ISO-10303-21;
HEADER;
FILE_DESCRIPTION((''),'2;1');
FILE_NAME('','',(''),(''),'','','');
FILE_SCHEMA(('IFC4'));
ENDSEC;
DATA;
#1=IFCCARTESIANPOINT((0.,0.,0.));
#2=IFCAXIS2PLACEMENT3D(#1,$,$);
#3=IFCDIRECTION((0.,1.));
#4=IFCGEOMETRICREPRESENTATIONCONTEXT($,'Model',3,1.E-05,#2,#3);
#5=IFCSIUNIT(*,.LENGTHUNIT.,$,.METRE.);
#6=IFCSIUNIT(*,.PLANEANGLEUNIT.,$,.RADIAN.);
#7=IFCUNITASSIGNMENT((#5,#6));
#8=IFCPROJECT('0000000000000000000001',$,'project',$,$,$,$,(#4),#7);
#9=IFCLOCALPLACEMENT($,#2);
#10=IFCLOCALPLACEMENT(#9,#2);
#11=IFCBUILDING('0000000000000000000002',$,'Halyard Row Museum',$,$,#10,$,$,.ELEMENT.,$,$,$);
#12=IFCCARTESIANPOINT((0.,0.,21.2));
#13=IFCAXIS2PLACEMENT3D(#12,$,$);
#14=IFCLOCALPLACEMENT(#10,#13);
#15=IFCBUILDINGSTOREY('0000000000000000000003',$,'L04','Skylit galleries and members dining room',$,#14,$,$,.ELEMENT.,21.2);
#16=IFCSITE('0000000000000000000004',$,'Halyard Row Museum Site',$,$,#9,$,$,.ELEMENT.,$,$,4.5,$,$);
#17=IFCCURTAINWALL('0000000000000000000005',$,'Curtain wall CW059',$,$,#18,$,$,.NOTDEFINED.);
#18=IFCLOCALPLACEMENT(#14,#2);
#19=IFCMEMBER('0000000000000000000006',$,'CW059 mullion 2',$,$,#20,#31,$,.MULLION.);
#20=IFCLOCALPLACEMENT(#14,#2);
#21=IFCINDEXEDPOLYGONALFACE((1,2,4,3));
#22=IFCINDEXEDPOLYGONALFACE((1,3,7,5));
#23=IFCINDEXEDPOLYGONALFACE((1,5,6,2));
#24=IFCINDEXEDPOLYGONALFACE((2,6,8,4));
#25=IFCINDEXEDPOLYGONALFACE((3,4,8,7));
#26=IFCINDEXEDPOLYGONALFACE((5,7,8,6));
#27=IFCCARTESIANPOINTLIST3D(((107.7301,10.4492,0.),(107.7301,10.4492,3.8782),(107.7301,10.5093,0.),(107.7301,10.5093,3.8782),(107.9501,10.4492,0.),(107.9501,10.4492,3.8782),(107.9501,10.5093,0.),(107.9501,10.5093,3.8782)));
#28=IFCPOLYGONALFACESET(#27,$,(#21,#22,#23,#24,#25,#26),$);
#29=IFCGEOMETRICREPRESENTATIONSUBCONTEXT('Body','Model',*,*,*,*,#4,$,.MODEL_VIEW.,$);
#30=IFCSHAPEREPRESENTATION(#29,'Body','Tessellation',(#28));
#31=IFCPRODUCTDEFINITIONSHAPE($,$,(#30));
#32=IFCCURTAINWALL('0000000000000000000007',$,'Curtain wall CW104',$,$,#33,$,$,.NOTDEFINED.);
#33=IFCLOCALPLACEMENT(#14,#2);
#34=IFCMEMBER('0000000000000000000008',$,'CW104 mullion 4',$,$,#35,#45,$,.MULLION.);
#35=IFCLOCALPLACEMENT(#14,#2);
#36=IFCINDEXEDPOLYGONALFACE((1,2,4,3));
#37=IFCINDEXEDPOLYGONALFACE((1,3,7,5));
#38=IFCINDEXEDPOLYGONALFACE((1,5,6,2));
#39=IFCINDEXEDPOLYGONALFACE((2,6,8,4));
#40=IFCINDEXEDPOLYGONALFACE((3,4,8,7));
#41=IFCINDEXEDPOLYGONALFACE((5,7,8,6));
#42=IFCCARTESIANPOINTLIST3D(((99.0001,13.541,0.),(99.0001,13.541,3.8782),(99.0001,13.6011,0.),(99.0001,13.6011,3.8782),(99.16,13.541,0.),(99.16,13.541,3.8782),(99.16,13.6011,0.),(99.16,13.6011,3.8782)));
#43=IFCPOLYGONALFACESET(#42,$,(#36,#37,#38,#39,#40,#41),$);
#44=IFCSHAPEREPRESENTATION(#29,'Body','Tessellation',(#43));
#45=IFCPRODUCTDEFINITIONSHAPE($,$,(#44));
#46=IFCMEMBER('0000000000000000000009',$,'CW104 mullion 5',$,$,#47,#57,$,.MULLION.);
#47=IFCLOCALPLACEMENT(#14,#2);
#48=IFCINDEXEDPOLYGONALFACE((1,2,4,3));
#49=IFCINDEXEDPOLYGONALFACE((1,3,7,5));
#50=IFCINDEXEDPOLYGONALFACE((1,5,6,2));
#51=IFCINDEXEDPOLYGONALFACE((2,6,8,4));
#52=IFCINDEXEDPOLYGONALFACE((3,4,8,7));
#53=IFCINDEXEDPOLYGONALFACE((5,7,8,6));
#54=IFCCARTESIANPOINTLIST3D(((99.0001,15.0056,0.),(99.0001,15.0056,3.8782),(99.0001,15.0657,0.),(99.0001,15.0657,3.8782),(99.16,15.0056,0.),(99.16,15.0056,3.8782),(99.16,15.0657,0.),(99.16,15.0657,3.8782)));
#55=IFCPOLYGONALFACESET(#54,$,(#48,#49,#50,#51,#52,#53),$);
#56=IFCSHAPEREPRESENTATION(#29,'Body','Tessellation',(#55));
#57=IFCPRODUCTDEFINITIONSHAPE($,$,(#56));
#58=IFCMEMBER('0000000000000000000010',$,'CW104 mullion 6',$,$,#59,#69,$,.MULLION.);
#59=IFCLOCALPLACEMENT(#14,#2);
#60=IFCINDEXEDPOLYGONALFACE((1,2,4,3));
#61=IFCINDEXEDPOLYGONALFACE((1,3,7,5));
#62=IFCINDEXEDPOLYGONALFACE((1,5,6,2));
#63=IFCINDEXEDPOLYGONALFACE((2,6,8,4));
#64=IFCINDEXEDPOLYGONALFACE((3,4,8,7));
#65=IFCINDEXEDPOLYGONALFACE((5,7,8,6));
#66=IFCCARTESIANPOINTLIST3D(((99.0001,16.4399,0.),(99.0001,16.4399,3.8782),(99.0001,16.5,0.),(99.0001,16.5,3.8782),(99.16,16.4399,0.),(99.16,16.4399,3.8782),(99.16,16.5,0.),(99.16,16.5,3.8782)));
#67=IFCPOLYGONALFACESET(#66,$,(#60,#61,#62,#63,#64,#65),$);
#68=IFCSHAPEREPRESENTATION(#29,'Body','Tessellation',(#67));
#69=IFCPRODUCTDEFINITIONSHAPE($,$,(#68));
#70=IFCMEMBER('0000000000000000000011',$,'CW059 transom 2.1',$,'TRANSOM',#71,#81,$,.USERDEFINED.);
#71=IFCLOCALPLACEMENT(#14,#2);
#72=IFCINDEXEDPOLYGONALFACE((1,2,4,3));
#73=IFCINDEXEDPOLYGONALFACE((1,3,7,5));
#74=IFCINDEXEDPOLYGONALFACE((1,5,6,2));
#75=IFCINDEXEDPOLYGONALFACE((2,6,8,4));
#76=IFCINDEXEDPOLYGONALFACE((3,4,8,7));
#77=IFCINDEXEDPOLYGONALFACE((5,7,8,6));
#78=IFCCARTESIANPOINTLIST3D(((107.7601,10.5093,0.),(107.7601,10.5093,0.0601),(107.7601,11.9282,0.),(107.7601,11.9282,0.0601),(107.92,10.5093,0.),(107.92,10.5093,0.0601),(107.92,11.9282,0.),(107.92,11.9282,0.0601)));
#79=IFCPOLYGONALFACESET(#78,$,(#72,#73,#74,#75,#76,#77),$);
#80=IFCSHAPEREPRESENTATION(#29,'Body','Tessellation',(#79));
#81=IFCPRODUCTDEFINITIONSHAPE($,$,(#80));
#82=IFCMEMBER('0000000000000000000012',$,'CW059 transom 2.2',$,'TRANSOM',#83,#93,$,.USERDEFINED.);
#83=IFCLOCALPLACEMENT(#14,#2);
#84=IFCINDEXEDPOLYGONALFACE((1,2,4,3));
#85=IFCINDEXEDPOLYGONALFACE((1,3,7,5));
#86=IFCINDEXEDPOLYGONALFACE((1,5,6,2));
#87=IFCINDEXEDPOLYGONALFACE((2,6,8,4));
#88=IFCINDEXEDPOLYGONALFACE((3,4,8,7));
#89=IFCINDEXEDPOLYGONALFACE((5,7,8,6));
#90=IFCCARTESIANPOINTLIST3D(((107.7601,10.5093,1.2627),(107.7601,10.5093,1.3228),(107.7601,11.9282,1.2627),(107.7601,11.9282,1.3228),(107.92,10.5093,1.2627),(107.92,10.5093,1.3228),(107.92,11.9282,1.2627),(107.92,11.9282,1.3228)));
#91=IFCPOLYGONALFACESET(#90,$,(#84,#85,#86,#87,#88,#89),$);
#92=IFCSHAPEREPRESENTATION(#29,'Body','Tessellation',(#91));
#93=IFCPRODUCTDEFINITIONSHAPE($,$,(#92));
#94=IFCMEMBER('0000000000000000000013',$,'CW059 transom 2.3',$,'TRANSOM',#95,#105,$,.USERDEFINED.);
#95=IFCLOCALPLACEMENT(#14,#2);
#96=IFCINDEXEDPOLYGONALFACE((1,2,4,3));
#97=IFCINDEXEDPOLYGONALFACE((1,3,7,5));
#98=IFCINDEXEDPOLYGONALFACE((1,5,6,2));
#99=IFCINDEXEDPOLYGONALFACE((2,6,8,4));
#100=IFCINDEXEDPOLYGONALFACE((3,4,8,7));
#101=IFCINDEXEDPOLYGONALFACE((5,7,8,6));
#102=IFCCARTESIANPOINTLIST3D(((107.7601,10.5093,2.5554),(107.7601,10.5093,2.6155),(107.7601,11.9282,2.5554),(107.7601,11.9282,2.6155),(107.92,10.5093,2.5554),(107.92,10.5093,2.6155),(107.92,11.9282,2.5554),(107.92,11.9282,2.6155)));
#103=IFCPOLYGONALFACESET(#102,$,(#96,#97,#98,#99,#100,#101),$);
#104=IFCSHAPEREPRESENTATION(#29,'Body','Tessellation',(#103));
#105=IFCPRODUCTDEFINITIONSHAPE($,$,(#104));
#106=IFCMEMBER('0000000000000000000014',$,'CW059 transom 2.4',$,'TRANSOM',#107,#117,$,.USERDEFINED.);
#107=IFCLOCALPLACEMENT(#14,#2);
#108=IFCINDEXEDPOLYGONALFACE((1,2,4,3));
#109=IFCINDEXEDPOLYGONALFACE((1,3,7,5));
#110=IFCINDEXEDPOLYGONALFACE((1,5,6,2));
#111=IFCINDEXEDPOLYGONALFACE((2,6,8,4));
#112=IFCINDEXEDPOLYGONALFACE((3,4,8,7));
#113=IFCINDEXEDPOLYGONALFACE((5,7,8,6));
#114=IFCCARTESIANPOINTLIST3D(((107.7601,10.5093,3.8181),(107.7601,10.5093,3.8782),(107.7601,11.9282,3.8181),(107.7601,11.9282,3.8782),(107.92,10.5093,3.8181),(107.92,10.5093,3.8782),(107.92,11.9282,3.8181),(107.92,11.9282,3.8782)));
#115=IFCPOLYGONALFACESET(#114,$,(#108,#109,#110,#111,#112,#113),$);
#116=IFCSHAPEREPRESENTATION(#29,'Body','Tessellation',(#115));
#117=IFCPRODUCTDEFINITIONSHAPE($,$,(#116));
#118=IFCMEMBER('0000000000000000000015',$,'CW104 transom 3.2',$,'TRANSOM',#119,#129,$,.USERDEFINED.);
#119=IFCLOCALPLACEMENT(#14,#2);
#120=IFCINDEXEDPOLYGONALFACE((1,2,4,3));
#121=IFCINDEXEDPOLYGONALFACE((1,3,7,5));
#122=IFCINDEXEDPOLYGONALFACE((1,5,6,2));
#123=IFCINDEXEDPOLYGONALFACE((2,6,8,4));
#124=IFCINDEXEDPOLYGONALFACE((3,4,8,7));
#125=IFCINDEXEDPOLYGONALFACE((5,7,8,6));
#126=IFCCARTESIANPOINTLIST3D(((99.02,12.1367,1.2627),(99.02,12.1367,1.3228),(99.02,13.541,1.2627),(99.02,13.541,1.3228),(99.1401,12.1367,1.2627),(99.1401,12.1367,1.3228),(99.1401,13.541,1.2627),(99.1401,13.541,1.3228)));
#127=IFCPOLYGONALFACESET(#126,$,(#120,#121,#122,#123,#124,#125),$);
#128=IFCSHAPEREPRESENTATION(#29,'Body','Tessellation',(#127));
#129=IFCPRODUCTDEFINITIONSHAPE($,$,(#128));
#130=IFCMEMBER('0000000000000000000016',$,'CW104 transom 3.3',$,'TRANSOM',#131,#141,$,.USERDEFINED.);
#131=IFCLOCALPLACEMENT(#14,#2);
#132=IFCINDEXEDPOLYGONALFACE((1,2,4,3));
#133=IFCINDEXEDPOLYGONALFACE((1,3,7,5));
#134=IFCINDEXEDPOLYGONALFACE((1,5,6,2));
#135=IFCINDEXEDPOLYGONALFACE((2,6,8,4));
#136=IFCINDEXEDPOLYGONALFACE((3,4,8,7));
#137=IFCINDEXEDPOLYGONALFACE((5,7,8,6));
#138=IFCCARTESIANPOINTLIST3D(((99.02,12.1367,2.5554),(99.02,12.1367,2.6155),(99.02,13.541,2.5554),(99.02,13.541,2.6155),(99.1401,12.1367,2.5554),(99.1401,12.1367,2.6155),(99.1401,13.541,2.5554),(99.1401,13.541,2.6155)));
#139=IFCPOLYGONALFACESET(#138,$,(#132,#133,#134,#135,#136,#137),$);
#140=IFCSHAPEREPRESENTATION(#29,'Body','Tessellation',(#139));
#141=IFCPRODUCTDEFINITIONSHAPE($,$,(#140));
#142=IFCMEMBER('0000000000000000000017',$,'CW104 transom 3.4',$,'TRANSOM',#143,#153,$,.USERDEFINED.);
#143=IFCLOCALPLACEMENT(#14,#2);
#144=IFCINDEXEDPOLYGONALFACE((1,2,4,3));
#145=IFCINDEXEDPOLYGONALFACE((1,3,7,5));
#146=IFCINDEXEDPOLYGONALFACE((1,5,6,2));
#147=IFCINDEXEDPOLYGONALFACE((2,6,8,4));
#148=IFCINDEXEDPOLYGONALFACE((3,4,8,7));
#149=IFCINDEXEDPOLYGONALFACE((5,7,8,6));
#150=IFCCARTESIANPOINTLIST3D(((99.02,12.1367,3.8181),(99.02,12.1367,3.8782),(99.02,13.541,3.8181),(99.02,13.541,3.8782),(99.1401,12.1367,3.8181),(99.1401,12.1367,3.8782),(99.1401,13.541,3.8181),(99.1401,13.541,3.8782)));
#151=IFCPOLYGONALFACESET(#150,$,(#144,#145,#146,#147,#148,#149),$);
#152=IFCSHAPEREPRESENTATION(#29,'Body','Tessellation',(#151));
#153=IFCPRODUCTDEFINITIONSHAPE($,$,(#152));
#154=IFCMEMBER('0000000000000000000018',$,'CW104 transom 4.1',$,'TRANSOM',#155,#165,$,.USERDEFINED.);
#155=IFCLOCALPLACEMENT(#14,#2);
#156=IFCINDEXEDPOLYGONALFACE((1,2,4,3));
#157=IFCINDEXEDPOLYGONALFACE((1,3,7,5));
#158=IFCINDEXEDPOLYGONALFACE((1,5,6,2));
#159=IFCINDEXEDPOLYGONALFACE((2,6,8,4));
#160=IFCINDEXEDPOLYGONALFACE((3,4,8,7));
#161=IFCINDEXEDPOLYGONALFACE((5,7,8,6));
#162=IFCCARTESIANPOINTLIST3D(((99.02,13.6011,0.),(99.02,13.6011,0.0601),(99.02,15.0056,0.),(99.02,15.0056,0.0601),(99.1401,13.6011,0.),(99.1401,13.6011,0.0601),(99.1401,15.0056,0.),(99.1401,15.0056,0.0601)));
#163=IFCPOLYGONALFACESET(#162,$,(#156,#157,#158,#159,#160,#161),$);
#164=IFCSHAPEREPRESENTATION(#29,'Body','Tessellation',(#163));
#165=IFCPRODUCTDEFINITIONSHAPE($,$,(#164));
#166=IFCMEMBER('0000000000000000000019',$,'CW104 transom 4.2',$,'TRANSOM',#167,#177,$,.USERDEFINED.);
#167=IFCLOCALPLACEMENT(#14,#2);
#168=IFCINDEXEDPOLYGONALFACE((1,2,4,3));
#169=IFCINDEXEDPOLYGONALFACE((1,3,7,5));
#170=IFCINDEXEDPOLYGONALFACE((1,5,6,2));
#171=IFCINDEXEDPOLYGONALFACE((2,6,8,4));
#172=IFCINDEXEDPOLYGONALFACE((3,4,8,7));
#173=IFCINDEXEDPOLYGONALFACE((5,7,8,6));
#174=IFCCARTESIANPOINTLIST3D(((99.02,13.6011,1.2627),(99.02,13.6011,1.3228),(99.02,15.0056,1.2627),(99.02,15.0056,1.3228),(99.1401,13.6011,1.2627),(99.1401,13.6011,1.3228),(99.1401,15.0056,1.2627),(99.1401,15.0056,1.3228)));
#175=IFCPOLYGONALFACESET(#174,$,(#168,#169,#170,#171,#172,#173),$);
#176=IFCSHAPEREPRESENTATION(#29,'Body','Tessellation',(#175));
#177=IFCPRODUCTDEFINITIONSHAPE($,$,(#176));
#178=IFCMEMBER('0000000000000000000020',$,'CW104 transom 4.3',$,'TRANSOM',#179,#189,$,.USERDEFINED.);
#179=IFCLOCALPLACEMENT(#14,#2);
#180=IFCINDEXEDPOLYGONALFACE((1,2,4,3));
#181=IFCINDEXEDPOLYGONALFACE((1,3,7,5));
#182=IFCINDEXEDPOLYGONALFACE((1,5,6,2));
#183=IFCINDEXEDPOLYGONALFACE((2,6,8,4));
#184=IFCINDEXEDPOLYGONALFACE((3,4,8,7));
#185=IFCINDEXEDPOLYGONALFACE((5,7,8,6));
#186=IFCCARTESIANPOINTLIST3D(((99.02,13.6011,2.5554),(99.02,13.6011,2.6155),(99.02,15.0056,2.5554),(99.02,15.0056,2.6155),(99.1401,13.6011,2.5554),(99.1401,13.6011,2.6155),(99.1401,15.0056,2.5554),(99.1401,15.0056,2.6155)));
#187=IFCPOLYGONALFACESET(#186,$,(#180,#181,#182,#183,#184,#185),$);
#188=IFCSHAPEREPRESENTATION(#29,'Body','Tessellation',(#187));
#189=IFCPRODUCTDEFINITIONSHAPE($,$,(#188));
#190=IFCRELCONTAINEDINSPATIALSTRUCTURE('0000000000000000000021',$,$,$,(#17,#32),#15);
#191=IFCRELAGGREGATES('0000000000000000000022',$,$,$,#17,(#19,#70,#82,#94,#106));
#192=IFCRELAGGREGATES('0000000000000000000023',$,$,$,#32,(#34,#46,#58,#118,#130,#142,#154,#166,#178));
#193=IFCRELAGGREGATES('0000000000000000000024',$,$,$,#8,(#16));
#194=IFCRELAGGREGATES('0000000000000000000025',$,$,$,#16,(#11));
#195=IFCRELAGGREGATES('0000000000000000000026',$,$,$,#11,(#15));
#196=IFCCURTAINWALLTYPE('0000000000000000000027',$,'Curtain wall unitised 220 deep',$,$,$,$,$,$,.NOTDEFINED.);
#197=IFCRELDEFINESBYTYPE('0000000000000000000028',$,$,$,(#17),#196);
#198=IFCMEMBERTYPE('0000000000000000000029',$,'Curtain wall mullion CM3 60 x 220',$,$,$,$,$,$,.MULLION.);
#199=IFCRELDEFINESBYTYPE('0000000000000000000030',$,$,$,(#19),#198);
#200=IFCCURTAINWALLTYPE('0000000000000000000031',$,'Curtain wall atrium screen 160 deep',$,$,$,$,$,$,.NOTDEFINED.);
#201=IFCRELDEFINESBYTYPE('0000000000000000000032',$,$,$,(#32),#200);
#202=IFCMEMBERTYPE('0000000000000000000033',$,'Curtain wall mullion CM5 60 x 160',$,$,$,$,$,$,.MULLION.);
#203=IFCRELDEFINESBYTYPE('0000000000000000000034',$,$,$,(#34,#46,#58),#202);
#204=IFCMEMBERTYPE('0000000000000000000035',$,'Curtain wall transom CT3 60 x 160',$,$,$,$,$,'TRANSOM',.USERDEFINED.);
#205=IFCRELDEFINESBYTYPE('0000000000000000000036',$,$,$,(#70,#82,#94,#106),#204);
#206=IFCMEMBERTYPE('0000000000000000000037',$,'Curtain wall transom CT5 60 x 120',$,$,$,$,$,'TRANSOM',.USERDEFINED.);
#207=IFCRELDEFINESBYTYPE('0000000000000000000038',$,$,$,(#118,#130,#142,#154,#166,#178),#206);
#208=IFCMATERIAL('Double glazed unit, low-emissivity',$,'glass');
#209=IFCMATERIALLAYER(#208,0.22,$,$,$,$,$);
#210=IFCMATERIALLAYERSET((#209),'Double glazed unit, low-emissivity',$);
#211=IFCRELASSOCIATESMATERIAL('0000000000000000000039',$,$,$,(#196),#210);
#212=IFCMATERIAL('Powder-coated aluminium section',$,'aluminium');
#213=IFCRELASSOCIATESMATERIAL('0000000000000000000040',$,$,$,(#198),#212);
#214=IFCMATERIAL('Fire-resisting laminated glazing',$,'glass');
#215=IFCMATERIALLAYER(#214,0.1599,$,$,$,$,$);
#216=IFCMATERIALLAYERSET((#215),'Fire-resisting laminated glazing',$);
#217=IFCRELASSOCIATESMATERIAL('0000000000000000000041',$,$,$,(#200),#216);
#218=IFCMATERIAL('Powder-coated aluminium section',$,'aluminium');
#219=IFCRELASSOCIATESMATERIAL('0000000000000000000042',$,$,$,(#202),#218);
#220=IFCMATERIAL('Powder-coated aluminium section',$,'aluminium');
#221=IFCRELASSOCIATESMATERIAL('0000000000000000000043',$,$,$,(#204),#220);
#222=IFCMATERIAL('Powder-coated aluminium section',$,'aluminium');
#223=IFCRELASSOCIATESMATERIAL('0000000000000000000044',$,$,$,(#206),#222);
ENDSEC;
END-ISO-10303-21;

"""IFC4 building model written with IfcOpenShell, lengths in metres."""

from ifc_helpers import new_model, si_unit, direction, frame, origin, origin_2d, place, context, subcontext, project, spatial, rectangle, extrude, material, layer, layer_set, material_profile, profile_set, type_object, element, aggregate, save


model = new_model("IFC4")

# Units and contexts
model_context = context("Model", 3, precision=1e-05, world=origin(), true_north=direction((0.0, 1.0)))
body_context = subcontext(model_context, "Body", "Model", "MODEL_VIEW")
ifc_project = project(units=[si_unit("LENGTHUNIT", "METRE"), si_unit("PLANEANGLEUNIT", "RADIAN")], contexts=[model_context])

# Site, building, storey
site_placement = place(None, origin())
site = spatial("IfcSite", under=ifc_project, at=site_placement, Name="Halyard Row Museum Site", CompositionType="ELEMENT", RefElevation=4.5)
building_placement = place(site_placement, origin())
building = spatial("IfcBuilding", under=site, at=building_placement, Name="Halyard Row Museum", CompositionType="ELEMENT")
storey_placement = place(building_placement, frame((0.0, 0.0, 21.2)))
storey = spatial("IfcBuildingStorey", under=building, at=storey_placement, Name="L04", Description="Skylit galleries and members dining room", CompositionType="ELEMENT", Elevation=21.2)

# Curtain wall, member
ifc_material_1 = material(Name="Double glazed unit, low-emissivity", Category="glass")
ifc_layer_1 = layer(ifc_material_1, 0.22)
ifc_layer_set_1 = layer_set([ifc_layer_1], Name="Double glazed unit, low-emissivity")
curtain_wall_type_1 = type_object("IfcCurtainWallType", Name="Curtain wall unitised 220 deep", PredefinedType="NOTDEFINED", material=ifc_layer_set_1)
curtain_wall_1_placement = place(storey_placement, origin())
curtain_wall_1 = element("IfcCurtainWall", 1, at=curtain_wall_1_placement, inside=storey, type_object=curtain_wall_type_1, Name="Curtain wall CW059", PredefinedType="NOTDEFINED")
ifc_material_2 = material(Name="Powder-coated aluminium section", Category="aluminium")
ifc_material_profile_1 = material_profile(ifc_material_2, rectangle(XDim=0.22, YDim=0.0601, at=origin_2d()), Name="220x60 mullion")
ifc_profile_set_1 = profile_set([ifc_material_profile_1], Name="Powder-coated aluminium section")
member_type_1 = type_object("IfcMemberType", Name="Curtain wall mullion CM3 60 x 220", PredefinedType="MULLION", material=ifc_profile_set_1)
member_1_placement = place(storey_placement, frame((107.8401, 10.4792, 0.0), z_axis=(0.0, 0.0, 1.0), x_axis=(-1.0, 0.0, 0.0)))
member_1 = element("IfcMember", 2, at=member_1_placement, type_object=member_type_1, Name="CW059 mullion 2", PredefinedType="MULLION", context=body_context, shape_type="SweptSolid", body=[
    extrude(rectangle(XDim=0.22, YDim=0.0601, at=origin_2d()), origin(), (0.0, 0.0, 1.0), 3.8782),
])

# Curtain wall, members
ifc_material_3 = material(Name="Fire-resisting laminated glazing", Category="glass")
ifc_layer_2 = layer(ifc_material_3, 0.1599)
ifc_layer_set_2 = layer_set([ifc_layer_2], Name="Fire-resisting laminated glazing")
curtain_wall_type_2 = type_object("IfcCurtainWallType", Name="Curtain wall atrium screen 160 deep", PredefinedType="NOTDEFINED", material=ifc_layer_set_2)
curtain_wall_2_placement = place(storey_placement, origin())
curtain_wall_2 = element("IfcCurtainWall", 3, at=curtain_wall_2_placement, inside=storey, type_object=curtain_wall_type_2, Name="Curtain wall CW104", PredefinedType="NOTDEFINED")
ifc_material_4 = material(Name="Powder-coated aluminium section", Category="aluminium")
ifc_material_profile_2 = material_profile(ifc_material_4, rectangle(XDim=0.1599, YDim=0.0601, at=origin_2d()), Name="160x60 mullion")
ifc_profile_set_2 = profile_set([ifc_material_profile_2], Name="Powder-coated aluminium section")
member_type_2 = type_object("IfcMemberType", Name="Curtain wall mullion CM5 60 x 160", PredefinedType="MULLION", material=ifc_profile_set_2)
member_2_placement = place(storey_placement, frame((99.0801, 13.571, 0.0), z_axis=(0.0, 0.0, 1.0), x_axis=(-1.0, 0.0, 0.0)))
member_2 = element("IfcMember", 4, at=member_2_placement, type_object=member_type_2, Name="CW104 mullion 4", PredefinedType="MULLION", context=body_context, shape_type="SweptSolid", body=[
    extrude(rectangle(XDim=0.1599, YDim=0.0601, at=origin_2d()), origin(), (0.0, 0.0, 1.0), 3.8782),
])
member_3_placement = place(storey_placement, frame((99.0801, 15.0356, 0.0), z_axis=(0.0, 0.0, 1.0), x_axis=(-1.0, 0.0, 0.0)))
member_3 = element("IfcMember", 5, at=member_3_placement, type_object=member_type_2, Name="CW104 mullion 5", PredefinedType="MULLION", context=body_context, shape_type="SweptSolid", body=[
    extrude(rectangle(XDim=0.1599, YDim=0.0601, at=origin_2d()), origin(), (0.0, 0.0, 1.0), 3.8782),
])
member_4_placement = place(storey_placement, frame((99.0801, 16.47, 0.0), z_axis=(0.0, 0.0, 1.0), x_axis=(-1.0, 0.0, 0.0)))
member_4 = element("IfcMember", 6, at=member_4_placement, type_object=member_type_2, Name="CW104 mullion 6", PredefinedType="MULLION", context=body_context, shape_type="SweptSolid", body=[
    extrude(rectangle(XDim=0.1599, YDim=0.0601, at=origin_2d()), origin(), (0.0, 0.0, 1.0), 3.8782),
])

# Members
ifc_material_5 = material(Name="Powder-coated aluminium section", Category="aluminium")
ifc_material_profile_3 = material_profile(ifc_material_5, rectangle(XDim=0.1599, YDim=0.0601, at=origin_2d()), Name="160x60 transom")
ifc_profile_set_3 = profile_set([ifc_material_profile_3], Name="Powder-coated aluminium section")
member_type_3 = type_object("IfcMemberType", Name="Curtain wall transom CT3 60 x 160", ElementType="TRANSOM", PredefinedType="USERDEFINED", material=ifc_profile_set_3)
member_5_placement = place(storey_placement, frame((107.8401, 10.5093, 0.03), z_axis=(0.0, 1.0, 0.0), x_axis=(-1.0, 0.0, 0.0)))
member_5 = element("IfcMember", 7, at=member_5_placement, type_object=member_type_3, Name="CW059 transom 2.1", ObjectType="TRANSOM", PredefinedType="USERDEFINED", context=body_context, shape_type="SweptSolid", body=[
    extrude(rectangle(XDim=0.1599, YDim=0.0601, at=origin_2d()), origin(), (0.0, 0.0, 1.0), 1.4189),
])
member_6_placement = place(storey_placement, frame((107.8401, 10.5093, 1.2927), z_axis=(0.0, 1.0, 0.0), x_axis=(-1.0, 0.0, 0.0)))
member_6 = element("IfcMember", 8, at=member_6_placement, type_object=member_type_3, Name="CW059 transom 2.2", ObjectType="TRANSOM", PredefinedType="USERDEFINED", context=body_context, shape_type="SweptSolid", body=[
    extrude(rectangle(XDim=0.1599, YDim=0.0601, at=origin_2d()), origin(), (0.0, 0.0, 1.0), 1.4189),
])
member_7_placement = place(storey_placement, frame((107.8401, 10.5093, 2.5854), z_axis=(0.0, 1.0, 0.0), x_axis=(-1.0, 0.0, 0.0)))
member_7 = element("IfcMember", 9, at=member_7_placement, type_object=member_type_3, Name="CW059 transom 2.3", ObjectType="TRANSOM", PredefinedType="USERDEFINED", context=body_context, shape_type="SweptSolid", body=[
    extrude(rectangle(XDim=0.1599, YDim=0.0601, at=origin_2d()), origin(), (0.0, 0.0, 1.0), 1.4189),
])
member_8_placement = place(storey_placement, frame((107.8401, 10.5093, 3.8481), z_axis=(0.0, 1.0, 0.0), x_axis=(-1.0, 0.0, 0.0)))
member_8 = element("IfcMember", 10, at=member_8_placement, type_object=member_type_3, Name="CW059 transom 2.4", ObjectType="TRANSOM", PredefinedType="USERDEFINED", context=body_context, shape_type="SweptSolid", body=[
    extrude(rectangle(XDim=0.1599, YDim=0.0601, at=origin_2d()), origin(), (0.0, 0.0, 1.0), 1.4189),
])
ifc_material_6 = material(Name="Powder-coated aluminium section", Category="aluminium")
ifc_material_profile_4 = material_profile(ifc_material_6, rectangle(XDim=0.1201, YDim=0.0601, at=origin_2d()), Name="120x60 transom")
ifc_profile_set_4 = profile_set([ifc_material_profile_4], Name="Powder-coated aluminium section")
member_type_4 = type_object("IfcMemberType", Name="Curtain wall transom CT5 60 x 120", ElementType="TRANSOM", PredefinedType="USERDEFINED", material=ifc_profile_set_4)
member_9_placement = place(storey_placement, frame((99.0801, 12.1367, 1.2927), z_axis=(0.0, 1.0, 0.0), x_axis=(-1.0, 0.0, 0.0)))
member_9 = element("IfcMember", 11, at=member_9_placement, type_object=member_type_4, Name="CW104 transom 3.2", ObjectType="TRANSOM", PredefinedType="USERDEFINED", context=body_context, shape_type="SweptSolid", body=[
    extrude(rectangle(XDim=0.1201, YDim=0.0601, at=origin_2d()), origin(), (0.0, 0.0, 1.0), 1.4043),
])
member_10_placement = place(storey_placement, frame((99.0801, 12.1367, 2.5854), z_axis=(0.0, 1.0, 0.0), x_axis=(-1.0, 0.0, 0.0)))
member_10 = element("IfcMember", 12, at=member_10_placement, type_object=member_type_4, Name="CW104 transom 3.3", ObjectType="TRANSOM", PredefinedType="USERDEFINED", context=body_context, shape_type="SweptSolid", body=[
    extrude(rectangle(XDim=0.1201, YDim=0.0601, at=origin_2d()), origin(), (0.0, 0.0, 1.0), 1.4043),
])
member_11_placement = place(storey_placement, frame((99.0801, 12.1367, 3.8481), z_axis=(0.0, 1.0, 0.0), x_axis=(-1.0, 0.0, 0.0)))
member_11 = element("IfcMember", 13, at=member_11_placement, type_object=member_type_4, Name="CW104 transom 3.4", ObjectType="TRANSOM", PredefinedType="USERDEFINED", context=body_context, shape_type="SweptSolid", body=[
    extrude(rectangle(XDim=0.1201, YDim=0.0601, at=origin_2d()), origin(), (0.0, 0.0, 1.0), 1.4043),
])
member_12_placement = place(storey_placement, frame((99.0801, 13.6011, 0.03), z_axis=(0.0, 1.0, 0.0), x_axis=(-1.0, 0.0, 0.0)))
member_12 = element("IfcMember", 14, at=member_12_placement, type_object=member_type_4, Name="CW104 transom 4.1", ObjectType="TRANSOM", PredefinedType="USERDEFINED", context=body_context, shape_type="SweptSolid", body=[
    extrude(rectangle(XDim=0.1201, YDim=0.0601, at=origin_2d()), origin(), (0.0, 0.0, 1.0), 1.4045),
])
member_13_placement = place(storey_placement, frame((99.0801, 13.6011, 1.2927), z_axis=(0.0, 1.0, 0.0), x_axis=(-1.0, 0.0, 0.0)))
member_13 = element("IfcMember", 15, at=member_13_placement, type_object=member_type_4, Name="CW104 transom 4.2", ObjectType="TRANSOM", PredefinedType="USERDEFINED", context=body_context, shape_type="SweptSolid", body=[
    extrude(rectangle(XDim=0.1201, YDim=0.0601, at=origin_2d()), origin(), (0.0, 0.0, 1.0), 1.4045),
])
member_14_placement = place(storey_placement, frame((99.0801, 13.6011, 2.5854), z_axis=(0.0, 1.0, 0.0), x_axis=(-1.0, 0.0, 0.0)))
member_14 = element("IfcMember", 16, at=member_14_placement, type_object=member_type_4, Name="CW104 transom 4.3", ObjectType="TRANSOM", PredefinedType="USERDEFINED", context=body_context, shape_type="SweptSolid", body=[
    extrude(rectangle(XDim=0.1201, YDim=0.0601, at=origin_2d()), origin(), (0.0, 0.0, 1.0), 1.4045),
])

aggregate(curtain_wall_1, [member_1, member_5, member_6, member_7, member_8])
aggregate(curtain_wall_2, [member_2, member_3, member_4, member_9, member_10, member_11, member_12, member_13, member_14])

save(model, "model.ifc")
